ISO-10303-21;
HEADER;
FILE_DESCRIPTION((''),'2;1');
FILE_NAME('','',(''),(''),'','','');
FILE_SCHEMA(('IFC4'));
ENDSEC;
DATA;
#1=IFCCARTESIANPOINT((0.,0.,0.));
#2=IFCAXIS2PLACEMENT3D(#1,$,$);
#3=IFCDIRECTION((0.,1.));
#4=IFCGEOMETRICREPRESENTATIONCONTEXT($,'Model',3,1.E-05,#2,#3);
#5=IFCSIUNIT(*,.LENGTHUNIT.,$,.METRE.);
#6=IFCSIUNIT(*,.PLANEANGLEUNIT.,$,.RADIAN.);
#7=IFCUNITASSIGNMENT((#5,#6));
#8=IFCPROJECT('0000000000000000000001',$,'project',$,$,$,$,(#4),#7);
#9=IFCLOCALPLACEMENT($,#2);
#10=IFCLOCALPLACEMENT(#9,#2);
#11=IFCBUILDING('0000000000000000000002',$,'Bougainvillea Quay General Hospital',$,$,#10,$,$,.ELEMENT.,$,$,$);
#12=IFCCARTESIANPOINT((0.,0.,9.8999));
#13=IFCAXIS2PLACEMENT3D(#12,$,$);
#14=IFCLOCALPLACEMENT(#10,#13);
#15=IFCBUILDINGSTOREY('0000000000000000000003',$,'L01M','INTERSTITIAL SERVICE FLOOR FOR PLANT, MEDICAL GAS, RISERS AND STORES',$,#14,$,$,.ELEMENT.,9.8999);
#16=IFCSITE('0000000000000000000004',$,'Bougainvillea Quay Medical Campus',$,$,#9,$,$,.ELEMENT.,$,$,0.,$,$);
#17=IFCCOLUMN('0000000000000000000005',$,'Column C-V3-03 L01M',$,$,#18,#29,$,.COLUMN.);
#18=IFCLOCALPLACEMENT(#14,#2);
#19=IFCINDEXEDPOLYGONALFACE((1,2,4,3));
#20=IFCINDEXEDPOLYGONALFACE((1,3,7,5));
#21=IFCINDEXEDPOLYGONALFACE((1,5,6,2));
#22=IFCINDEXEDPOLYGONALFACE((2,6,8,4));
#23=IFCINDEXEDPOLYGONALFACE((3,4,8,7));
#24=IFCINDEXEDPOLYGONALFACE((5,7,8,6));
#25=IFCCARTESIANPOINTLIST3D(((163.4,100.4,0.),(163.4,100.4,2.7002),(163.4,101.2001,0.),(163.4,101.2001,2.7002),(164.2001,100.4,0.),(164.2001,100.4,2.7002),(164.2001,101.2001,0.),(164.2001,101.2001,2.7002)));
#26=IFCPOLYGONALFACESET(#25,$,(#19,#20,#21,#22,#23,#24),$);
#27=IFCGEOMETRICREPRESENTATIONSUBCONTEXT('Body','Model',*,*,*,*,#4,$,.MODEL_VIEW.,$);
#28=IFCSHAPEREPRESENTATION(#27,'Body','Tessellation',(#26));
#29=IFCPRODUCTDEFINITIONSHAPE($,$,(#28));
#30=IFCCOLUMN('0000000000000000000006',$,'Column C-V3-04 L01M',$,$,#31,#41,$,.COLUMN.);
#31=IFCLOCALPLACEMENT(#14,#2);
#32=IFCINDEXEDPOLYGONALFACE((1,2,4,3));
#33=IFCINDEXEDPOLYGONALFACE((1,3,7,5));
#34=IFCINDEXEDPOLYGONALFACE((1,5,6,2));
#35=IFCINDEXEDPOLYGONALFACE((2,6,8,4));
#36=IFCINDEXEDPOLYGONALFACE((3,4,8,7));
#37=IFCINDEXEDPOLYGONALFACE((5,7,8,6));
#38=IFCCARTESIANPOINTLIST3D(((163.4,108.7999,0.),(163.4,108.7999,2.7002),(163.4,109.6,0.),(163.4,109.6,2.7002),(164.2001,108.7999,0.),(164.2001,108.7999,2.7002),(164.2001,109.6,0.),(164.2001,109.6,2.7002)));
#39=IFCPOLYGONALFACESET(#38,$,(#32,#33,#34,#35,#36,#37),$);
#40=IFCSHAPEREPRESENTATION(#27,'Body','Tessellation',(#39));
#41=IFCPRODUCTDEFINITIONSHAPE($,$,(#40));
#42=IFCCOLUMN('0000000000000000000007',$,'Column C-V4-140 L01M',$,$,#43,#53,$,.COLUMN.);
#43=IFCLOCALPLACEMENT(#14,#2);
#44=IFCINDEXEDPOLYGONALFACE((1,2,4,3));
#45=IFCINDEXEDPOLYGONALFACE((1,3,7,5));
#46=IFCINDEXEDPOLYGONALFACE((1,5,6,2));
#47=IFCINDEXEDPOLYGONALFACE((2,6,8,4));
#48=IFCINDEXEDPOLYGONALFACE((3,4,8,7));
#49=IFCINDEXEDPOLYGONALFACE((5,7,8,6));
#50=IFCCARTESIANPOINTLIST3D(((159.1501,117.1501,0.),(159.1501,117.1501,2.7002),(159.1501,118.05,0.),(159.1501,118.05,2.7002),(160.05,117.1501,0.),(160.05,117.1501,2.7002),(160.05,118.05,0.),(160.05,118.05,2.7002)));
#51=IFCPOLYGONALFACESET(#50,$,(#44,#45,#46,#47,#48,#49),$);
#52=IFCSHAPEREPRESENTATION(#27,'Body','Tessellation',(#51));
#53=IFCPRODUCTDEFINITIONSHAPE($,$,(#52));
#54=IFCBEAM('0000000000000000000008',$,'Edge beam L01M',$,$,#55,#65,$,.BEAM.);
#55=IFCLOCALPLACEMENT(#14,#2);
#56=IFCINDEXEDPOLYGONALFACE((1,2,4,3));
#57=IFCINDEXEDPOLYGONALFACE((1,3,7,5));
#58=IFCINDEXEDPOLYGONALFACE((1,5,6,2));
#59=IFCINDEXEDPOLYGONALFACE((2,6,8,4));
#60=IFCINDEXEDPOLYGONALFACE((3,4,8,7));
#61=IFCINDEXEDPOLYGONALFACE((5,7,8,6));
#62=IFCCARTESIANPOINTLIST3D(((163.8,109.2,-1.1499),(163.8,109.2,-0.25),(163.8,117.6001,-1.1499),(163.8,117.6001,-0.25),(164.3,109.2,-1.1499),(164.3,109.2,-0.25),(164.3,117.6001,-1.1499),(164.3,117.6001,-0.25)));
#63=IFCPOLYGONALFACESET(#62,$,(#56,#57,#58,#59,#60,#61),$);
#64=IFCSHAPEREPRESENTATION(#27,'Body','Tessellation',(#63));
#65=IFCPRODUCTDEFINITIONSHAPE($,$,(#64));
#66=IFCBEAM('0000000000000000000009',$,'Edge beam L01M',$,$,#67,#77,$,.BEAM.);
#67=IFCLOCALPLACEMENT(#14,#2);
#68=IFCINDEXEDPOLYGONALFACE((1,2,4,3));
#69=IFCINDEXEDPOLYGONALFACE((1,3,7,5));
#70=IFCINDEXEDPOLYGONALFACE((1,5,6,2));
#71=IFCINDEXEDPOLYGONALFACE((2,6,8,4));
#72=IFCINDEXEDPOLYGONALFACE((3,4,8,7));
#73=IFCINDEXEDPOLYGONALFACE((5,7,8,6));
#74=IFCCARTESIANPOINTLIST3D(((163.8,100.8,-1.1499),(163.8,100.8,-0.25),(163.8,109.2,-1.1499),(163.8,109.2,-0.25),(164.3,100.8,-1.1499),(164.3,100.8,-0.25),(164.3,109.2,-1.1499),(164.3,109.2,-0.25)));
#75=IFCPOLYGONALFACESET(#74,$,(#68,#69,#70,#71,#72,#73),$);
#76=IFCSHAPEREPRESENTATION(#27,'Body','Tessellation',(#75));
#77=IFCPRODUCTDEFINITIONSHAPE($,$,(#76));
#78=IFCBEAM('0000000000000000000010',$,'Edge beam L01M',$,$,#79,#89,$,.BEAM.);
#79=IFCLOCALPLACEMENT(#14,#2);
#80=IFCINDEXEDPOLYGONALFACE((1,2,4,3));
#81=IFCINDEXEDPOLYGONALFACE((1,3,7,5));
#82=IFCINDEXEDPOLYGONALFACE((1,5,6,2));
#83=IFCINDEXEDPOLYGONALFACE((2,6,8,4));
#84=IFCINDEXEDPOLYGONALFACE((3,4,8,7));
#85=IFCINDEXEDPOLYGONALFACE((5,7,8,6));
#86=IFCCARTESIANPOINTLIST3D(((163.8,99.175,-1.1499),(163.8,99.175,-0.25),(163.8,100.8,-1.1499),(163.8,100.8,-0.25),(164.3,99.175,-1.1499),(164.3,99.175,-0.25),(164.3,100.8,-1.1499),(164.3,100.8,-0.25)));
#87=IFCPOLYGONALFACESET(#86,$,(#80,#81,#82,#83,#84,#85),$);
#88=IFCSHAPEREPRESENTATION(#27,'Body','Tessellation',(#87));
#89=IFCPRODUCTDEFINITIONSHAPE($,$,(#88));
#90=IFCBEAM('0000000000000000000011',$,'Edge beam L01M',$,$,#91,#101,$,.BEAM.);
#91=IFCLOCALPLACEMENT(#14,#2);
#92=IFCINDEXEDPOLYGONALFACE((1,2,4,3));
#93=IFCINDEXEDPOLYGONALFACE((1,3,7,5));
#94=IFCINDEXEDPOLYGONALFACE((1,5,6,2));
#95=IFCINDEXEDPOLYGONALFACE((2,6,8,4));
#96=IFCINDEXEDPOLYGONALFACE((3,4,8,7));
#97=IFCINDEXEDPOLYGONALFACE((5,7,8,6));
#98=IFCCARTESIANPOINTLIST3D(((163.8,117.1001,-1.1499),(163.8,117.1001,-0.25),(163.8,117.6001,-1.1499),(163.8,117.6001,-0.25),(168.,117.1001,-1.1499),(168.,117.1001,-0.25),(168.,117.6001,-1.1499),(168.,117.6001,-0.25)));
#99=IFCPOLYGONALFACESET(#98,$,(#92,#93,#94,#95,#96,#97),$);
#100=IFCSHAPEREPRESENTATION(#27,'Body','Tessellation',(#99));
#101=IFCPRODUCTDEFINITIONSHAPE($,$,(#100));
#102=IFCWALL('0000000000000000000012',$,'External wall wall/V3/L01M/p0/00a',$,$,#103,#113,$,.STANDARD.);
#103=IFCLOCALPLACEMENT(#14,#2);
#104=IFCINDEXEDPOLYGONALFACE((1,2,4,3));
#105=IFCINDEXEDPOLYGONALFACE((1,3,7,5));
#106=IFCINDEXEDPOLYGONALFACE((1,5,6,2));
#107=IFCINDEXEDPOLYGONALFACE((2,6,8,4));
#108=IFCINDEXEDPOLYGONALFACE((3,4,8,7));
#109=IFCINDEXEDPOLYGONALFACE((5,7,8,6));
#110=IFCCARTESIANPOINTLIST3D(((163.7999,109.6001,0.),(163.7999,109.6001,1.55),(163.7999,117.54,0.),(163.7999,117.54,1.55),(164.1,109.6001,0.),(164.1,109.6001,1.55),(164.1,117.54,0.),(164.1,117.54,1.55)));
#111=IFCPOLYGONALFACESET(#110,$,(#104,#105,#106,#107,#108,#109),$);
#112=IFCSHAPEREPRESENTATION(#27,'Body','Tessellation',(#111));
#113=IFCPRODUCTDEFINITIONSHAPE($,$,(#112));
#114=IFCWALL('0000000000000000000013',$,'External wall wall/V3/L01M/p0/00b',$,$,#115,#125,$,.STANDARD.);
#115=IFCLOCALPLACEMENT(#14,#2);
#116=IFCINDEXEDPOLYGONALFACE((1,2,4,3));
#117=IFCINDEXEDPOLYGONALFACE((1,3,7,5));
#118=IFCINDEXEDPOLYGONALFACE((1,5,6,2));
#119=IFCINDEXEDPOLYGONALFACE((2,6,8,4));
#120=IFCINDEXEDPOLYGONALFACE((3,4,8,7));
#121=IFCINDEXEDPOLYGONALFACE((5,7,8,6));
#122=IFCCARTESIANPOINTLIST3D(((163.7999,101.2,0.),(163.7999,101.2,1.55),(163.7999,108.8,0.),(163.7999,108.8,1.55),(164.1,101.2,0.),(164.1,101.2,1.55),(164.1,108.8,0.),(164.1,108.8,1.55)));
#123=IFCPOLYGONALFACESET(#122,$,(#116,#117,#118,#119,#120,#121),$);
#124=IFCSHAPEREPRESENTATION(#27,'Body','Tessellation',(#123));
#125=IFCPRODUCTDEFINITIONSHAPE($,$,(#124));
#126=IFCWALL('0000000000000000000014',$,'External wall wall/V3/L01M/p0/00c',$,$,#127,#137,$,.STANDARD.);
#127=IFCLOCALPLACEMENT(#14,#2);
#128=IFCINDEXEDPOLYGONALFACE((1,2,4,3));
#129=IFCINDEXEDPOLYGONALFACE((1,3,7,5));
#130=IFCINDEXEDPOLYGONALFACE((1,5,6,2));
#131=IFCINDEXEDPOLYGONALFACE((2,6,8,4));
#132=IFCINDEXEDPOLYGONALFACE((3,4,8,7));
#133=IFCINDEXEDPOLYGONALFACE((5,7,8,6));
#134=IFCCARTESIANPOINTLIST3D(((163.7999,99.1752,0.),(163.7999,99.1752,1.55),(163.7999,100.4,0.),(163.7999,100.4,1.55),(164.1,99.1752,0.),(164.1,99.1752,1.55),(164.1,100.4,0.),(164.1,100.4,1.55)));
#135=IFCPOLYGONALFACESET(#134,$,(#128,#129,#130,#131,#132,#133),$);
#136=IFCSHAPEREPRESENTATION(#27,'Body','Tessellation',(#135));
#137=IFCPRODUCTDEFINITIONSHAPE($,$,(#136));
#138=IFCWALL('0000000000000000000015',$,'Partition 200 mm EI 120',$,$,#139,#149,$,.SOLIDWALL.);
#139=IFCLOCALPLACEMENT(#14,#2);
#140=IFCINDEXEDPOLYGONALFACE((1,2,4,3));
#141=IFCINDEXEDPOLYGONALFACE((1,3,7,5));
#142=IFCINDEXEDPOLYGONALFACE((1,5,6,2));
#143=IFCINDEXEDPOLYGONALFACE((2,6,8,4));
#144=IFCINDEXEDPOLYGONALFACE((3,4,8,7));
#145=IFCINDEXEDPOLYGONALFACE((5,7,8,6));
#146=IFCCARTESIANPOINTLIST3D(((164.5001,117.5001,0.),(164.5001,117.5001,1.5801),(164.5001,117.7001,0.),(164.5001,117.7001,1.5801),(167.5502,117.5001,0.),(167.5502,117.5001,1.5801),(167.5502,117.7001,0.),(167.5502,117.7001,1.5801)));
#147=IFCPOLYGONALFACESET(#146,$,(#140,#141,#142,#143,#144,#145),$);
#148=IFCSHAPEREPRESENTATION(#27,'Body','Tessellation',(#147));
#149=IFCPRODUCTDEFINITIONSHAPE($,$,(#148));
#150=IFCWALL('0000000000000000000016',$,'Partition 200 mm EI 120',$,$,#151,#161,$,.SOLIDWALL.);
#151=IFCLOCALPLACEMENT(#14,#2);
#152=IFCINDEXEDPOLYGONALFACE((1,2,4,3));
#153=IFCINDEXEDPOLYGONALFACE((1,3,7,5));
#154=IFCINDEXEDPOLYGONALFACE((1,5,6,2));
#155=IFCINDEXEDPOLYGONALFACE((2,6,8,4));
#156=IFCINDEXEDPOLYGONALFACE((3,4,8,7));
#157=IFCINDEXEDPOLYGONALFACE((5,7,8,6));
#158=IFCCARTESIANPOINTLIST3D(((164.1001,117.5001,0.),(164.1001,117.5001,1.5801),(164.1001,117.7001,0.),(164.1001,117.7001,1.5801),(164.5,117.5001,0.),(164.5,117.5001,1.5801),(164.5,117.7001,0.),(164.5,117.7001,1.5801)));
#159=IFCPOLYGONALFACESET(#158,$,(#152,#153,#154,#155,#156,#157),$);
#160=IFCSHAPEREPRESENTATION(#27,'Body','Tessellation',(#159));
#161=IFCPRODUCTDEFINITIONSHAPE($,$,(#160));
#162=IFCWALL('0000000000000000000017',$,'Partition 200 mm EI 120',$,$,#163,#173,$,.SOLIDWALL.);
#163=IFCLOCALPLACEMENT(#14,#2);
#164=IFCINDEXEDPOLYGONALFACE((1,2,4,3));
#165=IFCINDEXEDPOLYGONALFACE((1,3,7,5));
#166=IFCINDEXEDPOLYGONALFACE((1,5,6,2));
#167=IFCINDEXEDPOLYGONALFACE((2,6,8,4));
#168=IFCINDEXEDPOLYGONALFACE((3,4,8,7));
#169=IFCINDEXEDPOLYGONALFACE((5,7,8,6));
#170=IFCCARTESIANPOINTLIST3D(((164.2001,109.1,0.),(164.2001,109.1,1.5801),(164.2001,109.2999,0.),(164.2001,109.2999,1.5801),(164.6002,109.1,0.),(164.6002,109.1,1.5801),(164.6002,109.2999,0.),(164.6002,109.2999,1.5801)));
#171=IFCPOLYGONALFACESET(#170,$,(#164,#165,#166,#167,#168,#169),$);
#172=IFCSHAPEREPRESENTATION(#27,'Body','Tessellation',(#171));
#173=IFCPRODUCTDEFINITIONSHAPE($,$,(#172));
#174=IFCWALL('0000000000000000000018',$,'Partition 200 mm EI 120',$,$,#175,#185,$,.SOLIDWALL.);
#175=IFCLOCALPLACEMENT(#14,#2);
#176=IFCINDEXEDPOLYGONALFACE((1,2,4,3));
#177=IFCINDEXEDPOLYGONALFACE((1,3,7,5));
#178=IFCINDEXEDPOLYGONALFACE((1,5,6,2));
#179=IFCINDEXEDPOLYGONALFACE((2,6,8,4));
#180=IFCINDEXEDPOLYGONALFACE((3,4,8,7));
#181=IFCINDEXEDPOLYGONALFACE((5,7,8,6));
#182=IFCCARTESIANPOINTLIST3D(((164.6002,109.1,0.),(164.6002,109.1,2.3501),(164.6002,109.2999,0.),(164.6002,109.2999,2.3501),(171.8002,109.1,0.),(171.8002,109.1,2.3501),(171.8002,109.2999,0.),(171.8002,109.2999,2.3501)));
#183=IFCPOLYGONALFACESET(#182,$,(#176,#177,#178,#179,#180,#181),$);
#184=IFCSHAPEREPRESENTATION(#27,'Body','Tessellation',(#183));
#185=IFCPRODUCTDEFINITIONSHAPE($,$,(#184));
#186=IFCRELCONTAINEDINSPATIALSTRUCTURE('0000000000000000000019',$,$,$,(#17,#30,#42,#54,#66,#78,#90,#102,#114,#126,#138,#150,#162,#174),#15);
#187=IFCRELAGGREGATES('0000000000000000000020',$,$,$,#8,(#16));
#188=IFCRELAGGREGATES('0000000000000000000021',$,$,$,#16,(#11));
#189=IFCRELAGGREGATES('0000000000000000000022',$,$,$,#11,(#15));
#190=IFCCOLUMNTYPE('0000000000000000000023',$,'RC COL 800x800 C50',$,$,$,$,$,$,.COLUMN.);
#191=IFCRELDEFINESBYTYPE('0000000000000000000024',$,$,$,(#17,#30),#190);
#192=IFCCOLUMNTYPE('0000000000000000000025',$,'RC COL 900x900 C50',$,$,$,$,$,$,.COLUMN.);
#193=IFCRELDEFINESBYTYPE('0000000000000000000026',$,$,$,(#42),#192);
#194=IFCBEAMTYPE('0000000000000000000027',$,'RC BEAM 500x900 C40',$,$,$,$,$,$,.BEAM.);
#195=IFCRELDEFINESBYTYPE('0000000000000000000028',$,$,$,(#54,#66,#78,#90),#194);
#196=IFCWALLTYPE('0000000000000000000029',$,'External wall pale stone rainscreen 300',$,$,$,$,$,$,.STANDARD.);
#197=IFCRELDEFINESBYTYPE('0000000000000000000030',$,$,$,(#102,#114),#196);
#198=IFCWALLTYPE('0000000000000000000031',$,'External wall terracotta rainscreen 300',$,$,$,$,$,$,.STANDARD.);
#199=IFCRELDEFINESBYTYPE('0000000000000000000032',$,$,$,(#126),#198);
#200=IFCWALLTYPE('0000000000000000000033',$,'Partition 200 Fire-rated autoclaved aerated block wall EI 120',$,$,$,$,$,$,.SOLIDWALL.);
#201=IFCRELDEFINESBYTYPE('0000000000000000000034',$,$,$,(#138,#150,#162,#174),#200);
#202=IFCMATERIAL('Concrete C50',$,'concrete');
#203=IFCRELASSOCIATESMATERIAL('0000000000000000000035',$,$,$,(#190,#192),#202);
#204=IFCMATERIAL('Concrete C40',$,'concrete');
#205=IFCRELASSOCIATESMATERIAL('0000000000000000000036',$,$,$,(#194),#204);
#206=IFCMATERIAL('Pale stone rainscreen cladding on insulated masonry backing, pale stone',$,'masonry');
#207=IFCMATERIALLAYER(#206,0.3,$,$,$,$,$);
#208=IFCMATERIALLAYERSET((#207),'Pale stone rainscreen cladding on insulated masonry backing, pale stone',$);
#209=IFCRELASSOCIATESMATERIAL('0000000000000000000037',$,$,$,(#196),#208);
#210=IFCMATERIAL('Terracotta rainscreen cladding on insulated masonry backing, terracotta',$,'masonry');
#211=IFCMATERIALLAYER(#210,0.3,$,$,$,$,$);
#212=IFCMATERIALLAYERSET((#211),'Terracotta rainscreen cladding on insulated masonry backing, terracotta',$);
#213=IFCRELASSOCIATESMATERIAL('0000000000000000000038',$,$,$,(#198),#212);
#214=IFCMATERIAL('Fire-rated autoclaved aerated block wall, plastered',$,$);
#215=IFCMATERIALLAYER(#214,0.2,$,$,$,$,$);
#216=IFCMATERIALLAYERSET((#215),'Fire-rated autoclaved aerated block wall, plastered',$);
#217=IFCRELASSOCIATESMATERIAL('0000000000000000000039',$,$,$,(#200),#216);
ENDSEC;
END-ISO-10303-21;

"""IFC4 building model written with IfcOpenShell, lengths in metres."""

from ifc_helpers import new_model, si_unit, direction, frame, frame_2d, origin, origin_2d, place, context, subcontext, project, spatial, rectangle, extrude, material, layer, layer_set, material_profile, profile_set, type_object, element, save


model = new_model("IFC4")

# Units and contexts
model_context = context("Model", 3, precision=1e-05, world=origin(), true_north=direction((0.0, 1.0)))
body_context = subcontext(model_context, "Body", "Model", "MODEL_VIEW")
ifc_project = project(units=[si_unit("LENGTHUNIT", "METRE"), si_unit("PLANEANGLEUNIT", "RADIAN")], contexts=[model_context])

# Site, building, storey
site_placement = place(None, origin())
site = spatial("IfcSite", under=ifc_project, at=site_placement, Name="Bougainvillea Quay Medical Campus", CompositionType="ELEMENT", RefElevation=0.0)
building_placement = place(site_placement, origin())
building = spatial("IfcBuilding", under=site, at=building_placement, Name="Bougainvillea Quay General Hospital", CompositionType="ELEMENT")
storey_placement = place(building_placement, frame((0.0, 0.0, 9.8999)))
storey = spatial("IfcBuildingStorey", under=building, at=storey_placement, Name="L01M", Description="INTERSTITIAL SERVICE FLOOR FOR PLANT, MEDICAL GAS, RISERS AND STORES", CompositionType="ELEMENT", Elevation=9.8999)

# Columns
ifc_material_1 = material(Name="Concrete C50", Category="concrete")
ifc_material_profile_1 = material_profile(ifc_material_1, rectangle(XDim=0.8, YDim=0.8, at=origin_2d()))
ifc_profile_set_1 = profile_set([ifc_material_profile_1], Name="Concrete C50")
column_type_1 = type_object("IfcColumnType", Name="RC COL 800x800 C50", PredefinedType="COLUMN", material=ifc_profile_set_1)
for number, where, z_axis, x_axis, name in (
    (1, (163.8, 100.8, 0.0), (0.0, 0.0, 1.0), (1.0, 0.0, 0.0), "Column C-V3-03 L01M"),
    (2, (163.8, 109.2, 0.0), (0.0, 0.0, 1.0), (1.0, 0.0, 0.0), "Column C-V3-04 L01M"),
):
    element("IfcColumn", number, at=place(storey_placement, frame(where, z_axis=z_axis, x_axis=x_axis)), inside=storey, type_object=column_type_1, Name=name, PredefinedType="COLUMN", context=body_context, shape_type="SweptSolid", body=[
        extrude(rectangle(XDim=0.8, YDim=0.8, at=origin_2d()), origin(), (0.0, 0.0, 1.0), 2.7002),
    ])
ifc_material_profile_2 = material_profile(ifc_material_1, rectangle(XDim=0.8999, YDim=0.8999, at=origin_2d()))
ifc_profile_set_2 = profile_set([ifc_material_profile_2], Name="Concrete C50")
column_type_2 = type_object("IfcColumnType", Name="RC COL 900x900 C50", PredefinedType="COLUMN", material=ifc_profile_set_2)
column_placement = place(storey_placement, frame((159.6001, 117.6001, 0.0), z_axis=(0.0, 0.0, 1.0), x_axis=(1.0, 0.0, 0.0)))
element("IfcColumn", 3, at=column_placement, inside=storey, type_object=column_type_2, Name="Column C-V4-140 L01M", PredefinedType="COLUMN", context=body_context, shape_type="SweptSolid", body=[
    extrude(rectangle(XDim=0.8999, YDim=0.8999, at=origin_2d()), origin(), (0.0, 0.0, 1.0), 2.7002),
])

# Beams
ifc_material_2 = material(Name="Concrete C40", Category="concrete")
ifc_material_profile_3 = material_profile(ifc_material_2, rectangle(XDim=0.5, YDim=0.8999, at=origin_2d()))
ifc_profile_set_3 = profile_set([ifc_material_profile_3], Name="Concrete C40")
beam_type = type_object("IfcBeamType", Name="RC BEAM 500x900 C40", PredefinedType="BEAM", material=ifc_profile_set_3)
beam_1_placement = place(storey_placement, frame((164.05, 117.6001, -0.7), z_axis=(0.0, -1.0, 0.0), x_axis=(1.0, 0.0, 0.0)))
element("IfcBeam", 4, at=beam_1_placement, inside=storey, type_object=beam_type, Name="Edge beam L01M", PredefinedType="BEAM", context=body_context, shape_type="SweptSolid", body=[
    extrude(rectangle(XDim=0.5, YDim=0.8999, at=origin_2d()), origin(), (0.0, 0.0, 1.0), 8.4001),
])
beam_2_placement = place(storey_placement, frame((164.05, 109.2, -0.7), z_axis=(0.0, -1.0, 0.0), x_axis=(1.0, 0.0, 0.0)))
element("IfcBeam", 5, at=beam_2_placement, inside=storey, type_object=beam_type, Name="Edge beam L01M", PredefinedType="BEAM", context=body_context, shape_type="SweptSolid", body=[
    extrude(rectangle(XDim=0.5, YDim=0.8999, at=origin_2d()), origin(), (0.0, 0.0, 1.0), 8.3999),
])
beam_3_placement = place(storey_placement, frame((164.05, 100.8, -0.7), z_axis=(0.0, -1.0, 0.0), x_axis=(1.0, 0.0, 0.0)))
element("IfcBeam", 6, at=beam_3_placement, inside=storey, type_object=beam_type, Name="Edge beam L01M", PredefinedType="BEAM", context=body_context, shape_type="SweptSolid", body=[
    extrude(rectangle(XDim=0.5, YDim=0.8999, at=origin_2d()), origin(), (0.0, 0.0, 1.0), 1.625),
])
beam_4_placement = place(storey_placement, frame((168.0, 117.3501, -0.7), z_axis=(-1.0, 0.0, 0.0), x_axis=(0.0, -1.0, 0.0)))
element("IfcBeam", 7, at=beam_4_placement, inside=storey, type_object=beam_type, Name="Edge beam L01M", PredefinedType="BEAM", context=body_context, shape_type="SweptSolid", body=[
    extrude(rectangle(XDim=0.5, YDim=0.8999, at=origin_2d()), origin(), (0.0, 0.0, 1.0), 4.2),
])

# Walls
ifc_material_3 = material(Name="Pale stone rainscreen cladding on insulated masonry backing, pale stone", Category="masonry")
ifc_layer_1 = layer(ifc_material_3, 0.3)
ifc_layer_set_1 = layer_set([ifc_layer_1], Name="Pale stone rainscreen cladding on insulated masonry backing, pale stone")
wall_type_1 = type_object("IfcWallType", Name="External wall pale stone rainscreen 300", PredefinedType="STANDARD", material=ifc_layer_set_1)
wall_1_placement = place(storey_placement, frame((163.95, 117.54, 0.0), z_axis=(0.0, 0.0, 1.0), x_axis=(0.0, -1.0, 0.0)))
element("IfcWall", 8, at=wall_1_placement, inside=storey, type_object=wall_type_1, Name="External wall wall/V3/L01M/p0/00a", PredefinedType="STANDARD", context=body_context, shape_type="SweptSolid", body=[
    extrude(rectangle(XDim=7.9399, YDim=0.3, at=frame_2d((3.97, 0.0))), origin(), (0.0, 0.0, 1.0), 1.55),
])
wall_2_placement = place(storey_placement, frame((163.95, 108.8, 0.0), z_axis=(0.0, 0.0, 1.0), x_axis=(0.0, -1.0, 0.0)))
element("IfcWall", 9, at=wall_2_placement, inside=storey, type_object=wall_type_1, Name="External wall wall/V3/L01M/p0/00b", PredefinedType="STANDARD", context=body_context, shape_type="SweptSolid", body=[
    extrude(rectangle(XDim=7.6001, YDim=0.3, at=frame_2d((3.8, 0.0))), origin(), (0.0, 0.0, 1.0), 1.55),
])
ifc_material_4 = material(Name="Terracotta rainscreen cladding on insulated masonry backing, terracotta", Category="masonry")
ifc_layer_2 = layer(ifc_material_4, 0.3)
ifc_layer_set_2 = layer_set([ifc_layer_2], Name="Terracotta rainscreen cladding on insulated masonry backing, terracotta")
wall_type_2 = type_object("IfcWallType", Name="External wall terracotta rainscreen 300", PredefinedType="STANDARD", material=ifc_layer_set_2)
wall_3_placement = place(storey_placement, frame((163.95, 100.3999, 0.0), z_axis=(0.0, 0.0, 1.0), x_axis=(0.0, -1.0, 0.0)))
element("IfcWall", 10, at=wall_3_placement, inside=storey, type_object=wall_type_2, Name="External wall wall/V3/L01M/p0/00c", PredefinedType="STANDARD", context=body_context, shape_type="SweptSolid", body=[
    extrude(rectangle(XDim=1.2249, YDim=0.3, at=frame_2d((0.6123, 0.0))), origin(), (0.0, 0.0, 1.0), 1.55),
])
ifc_material_5 = material(Name="Fire-rated autoclaved aerated block wall, plastered")
ifc_layer_3 = layer(ifc_material_5, 0.2)
ifc_layer_set_3 = layer_set([ifc_layer_3], Name="Fire-rated autoclaved aerated block wall, plastered")
wall_type_3 = type_object("IfcWallType", Name="Partition 200 Fire-rated autoclaved aerated block wall EI 120", PredefinedType="SOLIDWALL", material=ifc_layer_set_3)
wall_4_placement = place(storey_placement, frame((167.55, 117.6001, 0.0), z_axis=(0.0, 0.0, 1.0), x_axis=(-1.0, 0.0, 0.0)))
element("IfcWall", 11, at=wall_4_placement, inside=storey, type_object=wall_type_3, Name="Partition 200 mm EI 120", PredefinedType="SOLIDWALL", context=body_context, shape_type="SweptSolid", body=[
    extrude(rectangle(XDim=3.05, YDim=0.2, at=frame_2d((1.5249, 0.0))), origin(), (0.0, 0.0, 1.0), 1.5801),
])
wall_5_placement = place(storey_placement, frame((164.5, 117.6001, 0.0), z_axis=(0.0, 0.0, 1.0), x_axis=(-1.0, 0.0, 0.0)))
element("IfcWall", 12, at=wall_5_placement, inside=storey, type_object=wall_type_3, Name="Partition 200 mm EI 120", PredefinedType="SOLIDWALL", context=body_context, shape_type="SweptSolid", body=[
    extrude(rectangle(XDim=0.3999, YDim=0.2, at=frame_2d((0.2, 0.0))), origin(), (0.0, 0.0, 1.0), 1.5801),
])
wall_6_placement = place(storey_placement, frame((164.2, 109.2, 0.0), z_axis=(0.0, 0.0, 1.0), x_axis=(1.0, 0.0, 0.0)))
element("IfcWall", 13, at=wall_6_placement, inside=storey, type_object=wall_type_3, Name="Partition 200 mm EI 120", PredefinedType="SOLIDWALL", context=body_context, shape_type="SweptSolid", body=[
    extrude(rectangle(XDim=0.4001, YDim=0.2, at=frame_2d((0.2002, 0.0))), origin(), (0.0, 0.0, 1.0), 1.5801),
])
wall_7_placement = place(storey_placement, frame((164.6001, 109.2, 0.0), z_axis=(0.0, 0.0, 1.0), x_axis=(1.0, 0.0, 0.0)))
element("IfcWall", 14, at=wall_7_placement, inside=storey, type_object=wall_type_3, Name="Partition 200 mm EI 120", PredefinedType="SOLIDWALL", context=body_context, shape_type="SweptSolid", body=[
    extrude(rectangle(XDim=7.2, YDim=0.2, at=frame_2d((3.6001, 0.0))), origin(), (0.0, 0.0, 1.0), 2.3501),
])

save(model, "model.ifc")
